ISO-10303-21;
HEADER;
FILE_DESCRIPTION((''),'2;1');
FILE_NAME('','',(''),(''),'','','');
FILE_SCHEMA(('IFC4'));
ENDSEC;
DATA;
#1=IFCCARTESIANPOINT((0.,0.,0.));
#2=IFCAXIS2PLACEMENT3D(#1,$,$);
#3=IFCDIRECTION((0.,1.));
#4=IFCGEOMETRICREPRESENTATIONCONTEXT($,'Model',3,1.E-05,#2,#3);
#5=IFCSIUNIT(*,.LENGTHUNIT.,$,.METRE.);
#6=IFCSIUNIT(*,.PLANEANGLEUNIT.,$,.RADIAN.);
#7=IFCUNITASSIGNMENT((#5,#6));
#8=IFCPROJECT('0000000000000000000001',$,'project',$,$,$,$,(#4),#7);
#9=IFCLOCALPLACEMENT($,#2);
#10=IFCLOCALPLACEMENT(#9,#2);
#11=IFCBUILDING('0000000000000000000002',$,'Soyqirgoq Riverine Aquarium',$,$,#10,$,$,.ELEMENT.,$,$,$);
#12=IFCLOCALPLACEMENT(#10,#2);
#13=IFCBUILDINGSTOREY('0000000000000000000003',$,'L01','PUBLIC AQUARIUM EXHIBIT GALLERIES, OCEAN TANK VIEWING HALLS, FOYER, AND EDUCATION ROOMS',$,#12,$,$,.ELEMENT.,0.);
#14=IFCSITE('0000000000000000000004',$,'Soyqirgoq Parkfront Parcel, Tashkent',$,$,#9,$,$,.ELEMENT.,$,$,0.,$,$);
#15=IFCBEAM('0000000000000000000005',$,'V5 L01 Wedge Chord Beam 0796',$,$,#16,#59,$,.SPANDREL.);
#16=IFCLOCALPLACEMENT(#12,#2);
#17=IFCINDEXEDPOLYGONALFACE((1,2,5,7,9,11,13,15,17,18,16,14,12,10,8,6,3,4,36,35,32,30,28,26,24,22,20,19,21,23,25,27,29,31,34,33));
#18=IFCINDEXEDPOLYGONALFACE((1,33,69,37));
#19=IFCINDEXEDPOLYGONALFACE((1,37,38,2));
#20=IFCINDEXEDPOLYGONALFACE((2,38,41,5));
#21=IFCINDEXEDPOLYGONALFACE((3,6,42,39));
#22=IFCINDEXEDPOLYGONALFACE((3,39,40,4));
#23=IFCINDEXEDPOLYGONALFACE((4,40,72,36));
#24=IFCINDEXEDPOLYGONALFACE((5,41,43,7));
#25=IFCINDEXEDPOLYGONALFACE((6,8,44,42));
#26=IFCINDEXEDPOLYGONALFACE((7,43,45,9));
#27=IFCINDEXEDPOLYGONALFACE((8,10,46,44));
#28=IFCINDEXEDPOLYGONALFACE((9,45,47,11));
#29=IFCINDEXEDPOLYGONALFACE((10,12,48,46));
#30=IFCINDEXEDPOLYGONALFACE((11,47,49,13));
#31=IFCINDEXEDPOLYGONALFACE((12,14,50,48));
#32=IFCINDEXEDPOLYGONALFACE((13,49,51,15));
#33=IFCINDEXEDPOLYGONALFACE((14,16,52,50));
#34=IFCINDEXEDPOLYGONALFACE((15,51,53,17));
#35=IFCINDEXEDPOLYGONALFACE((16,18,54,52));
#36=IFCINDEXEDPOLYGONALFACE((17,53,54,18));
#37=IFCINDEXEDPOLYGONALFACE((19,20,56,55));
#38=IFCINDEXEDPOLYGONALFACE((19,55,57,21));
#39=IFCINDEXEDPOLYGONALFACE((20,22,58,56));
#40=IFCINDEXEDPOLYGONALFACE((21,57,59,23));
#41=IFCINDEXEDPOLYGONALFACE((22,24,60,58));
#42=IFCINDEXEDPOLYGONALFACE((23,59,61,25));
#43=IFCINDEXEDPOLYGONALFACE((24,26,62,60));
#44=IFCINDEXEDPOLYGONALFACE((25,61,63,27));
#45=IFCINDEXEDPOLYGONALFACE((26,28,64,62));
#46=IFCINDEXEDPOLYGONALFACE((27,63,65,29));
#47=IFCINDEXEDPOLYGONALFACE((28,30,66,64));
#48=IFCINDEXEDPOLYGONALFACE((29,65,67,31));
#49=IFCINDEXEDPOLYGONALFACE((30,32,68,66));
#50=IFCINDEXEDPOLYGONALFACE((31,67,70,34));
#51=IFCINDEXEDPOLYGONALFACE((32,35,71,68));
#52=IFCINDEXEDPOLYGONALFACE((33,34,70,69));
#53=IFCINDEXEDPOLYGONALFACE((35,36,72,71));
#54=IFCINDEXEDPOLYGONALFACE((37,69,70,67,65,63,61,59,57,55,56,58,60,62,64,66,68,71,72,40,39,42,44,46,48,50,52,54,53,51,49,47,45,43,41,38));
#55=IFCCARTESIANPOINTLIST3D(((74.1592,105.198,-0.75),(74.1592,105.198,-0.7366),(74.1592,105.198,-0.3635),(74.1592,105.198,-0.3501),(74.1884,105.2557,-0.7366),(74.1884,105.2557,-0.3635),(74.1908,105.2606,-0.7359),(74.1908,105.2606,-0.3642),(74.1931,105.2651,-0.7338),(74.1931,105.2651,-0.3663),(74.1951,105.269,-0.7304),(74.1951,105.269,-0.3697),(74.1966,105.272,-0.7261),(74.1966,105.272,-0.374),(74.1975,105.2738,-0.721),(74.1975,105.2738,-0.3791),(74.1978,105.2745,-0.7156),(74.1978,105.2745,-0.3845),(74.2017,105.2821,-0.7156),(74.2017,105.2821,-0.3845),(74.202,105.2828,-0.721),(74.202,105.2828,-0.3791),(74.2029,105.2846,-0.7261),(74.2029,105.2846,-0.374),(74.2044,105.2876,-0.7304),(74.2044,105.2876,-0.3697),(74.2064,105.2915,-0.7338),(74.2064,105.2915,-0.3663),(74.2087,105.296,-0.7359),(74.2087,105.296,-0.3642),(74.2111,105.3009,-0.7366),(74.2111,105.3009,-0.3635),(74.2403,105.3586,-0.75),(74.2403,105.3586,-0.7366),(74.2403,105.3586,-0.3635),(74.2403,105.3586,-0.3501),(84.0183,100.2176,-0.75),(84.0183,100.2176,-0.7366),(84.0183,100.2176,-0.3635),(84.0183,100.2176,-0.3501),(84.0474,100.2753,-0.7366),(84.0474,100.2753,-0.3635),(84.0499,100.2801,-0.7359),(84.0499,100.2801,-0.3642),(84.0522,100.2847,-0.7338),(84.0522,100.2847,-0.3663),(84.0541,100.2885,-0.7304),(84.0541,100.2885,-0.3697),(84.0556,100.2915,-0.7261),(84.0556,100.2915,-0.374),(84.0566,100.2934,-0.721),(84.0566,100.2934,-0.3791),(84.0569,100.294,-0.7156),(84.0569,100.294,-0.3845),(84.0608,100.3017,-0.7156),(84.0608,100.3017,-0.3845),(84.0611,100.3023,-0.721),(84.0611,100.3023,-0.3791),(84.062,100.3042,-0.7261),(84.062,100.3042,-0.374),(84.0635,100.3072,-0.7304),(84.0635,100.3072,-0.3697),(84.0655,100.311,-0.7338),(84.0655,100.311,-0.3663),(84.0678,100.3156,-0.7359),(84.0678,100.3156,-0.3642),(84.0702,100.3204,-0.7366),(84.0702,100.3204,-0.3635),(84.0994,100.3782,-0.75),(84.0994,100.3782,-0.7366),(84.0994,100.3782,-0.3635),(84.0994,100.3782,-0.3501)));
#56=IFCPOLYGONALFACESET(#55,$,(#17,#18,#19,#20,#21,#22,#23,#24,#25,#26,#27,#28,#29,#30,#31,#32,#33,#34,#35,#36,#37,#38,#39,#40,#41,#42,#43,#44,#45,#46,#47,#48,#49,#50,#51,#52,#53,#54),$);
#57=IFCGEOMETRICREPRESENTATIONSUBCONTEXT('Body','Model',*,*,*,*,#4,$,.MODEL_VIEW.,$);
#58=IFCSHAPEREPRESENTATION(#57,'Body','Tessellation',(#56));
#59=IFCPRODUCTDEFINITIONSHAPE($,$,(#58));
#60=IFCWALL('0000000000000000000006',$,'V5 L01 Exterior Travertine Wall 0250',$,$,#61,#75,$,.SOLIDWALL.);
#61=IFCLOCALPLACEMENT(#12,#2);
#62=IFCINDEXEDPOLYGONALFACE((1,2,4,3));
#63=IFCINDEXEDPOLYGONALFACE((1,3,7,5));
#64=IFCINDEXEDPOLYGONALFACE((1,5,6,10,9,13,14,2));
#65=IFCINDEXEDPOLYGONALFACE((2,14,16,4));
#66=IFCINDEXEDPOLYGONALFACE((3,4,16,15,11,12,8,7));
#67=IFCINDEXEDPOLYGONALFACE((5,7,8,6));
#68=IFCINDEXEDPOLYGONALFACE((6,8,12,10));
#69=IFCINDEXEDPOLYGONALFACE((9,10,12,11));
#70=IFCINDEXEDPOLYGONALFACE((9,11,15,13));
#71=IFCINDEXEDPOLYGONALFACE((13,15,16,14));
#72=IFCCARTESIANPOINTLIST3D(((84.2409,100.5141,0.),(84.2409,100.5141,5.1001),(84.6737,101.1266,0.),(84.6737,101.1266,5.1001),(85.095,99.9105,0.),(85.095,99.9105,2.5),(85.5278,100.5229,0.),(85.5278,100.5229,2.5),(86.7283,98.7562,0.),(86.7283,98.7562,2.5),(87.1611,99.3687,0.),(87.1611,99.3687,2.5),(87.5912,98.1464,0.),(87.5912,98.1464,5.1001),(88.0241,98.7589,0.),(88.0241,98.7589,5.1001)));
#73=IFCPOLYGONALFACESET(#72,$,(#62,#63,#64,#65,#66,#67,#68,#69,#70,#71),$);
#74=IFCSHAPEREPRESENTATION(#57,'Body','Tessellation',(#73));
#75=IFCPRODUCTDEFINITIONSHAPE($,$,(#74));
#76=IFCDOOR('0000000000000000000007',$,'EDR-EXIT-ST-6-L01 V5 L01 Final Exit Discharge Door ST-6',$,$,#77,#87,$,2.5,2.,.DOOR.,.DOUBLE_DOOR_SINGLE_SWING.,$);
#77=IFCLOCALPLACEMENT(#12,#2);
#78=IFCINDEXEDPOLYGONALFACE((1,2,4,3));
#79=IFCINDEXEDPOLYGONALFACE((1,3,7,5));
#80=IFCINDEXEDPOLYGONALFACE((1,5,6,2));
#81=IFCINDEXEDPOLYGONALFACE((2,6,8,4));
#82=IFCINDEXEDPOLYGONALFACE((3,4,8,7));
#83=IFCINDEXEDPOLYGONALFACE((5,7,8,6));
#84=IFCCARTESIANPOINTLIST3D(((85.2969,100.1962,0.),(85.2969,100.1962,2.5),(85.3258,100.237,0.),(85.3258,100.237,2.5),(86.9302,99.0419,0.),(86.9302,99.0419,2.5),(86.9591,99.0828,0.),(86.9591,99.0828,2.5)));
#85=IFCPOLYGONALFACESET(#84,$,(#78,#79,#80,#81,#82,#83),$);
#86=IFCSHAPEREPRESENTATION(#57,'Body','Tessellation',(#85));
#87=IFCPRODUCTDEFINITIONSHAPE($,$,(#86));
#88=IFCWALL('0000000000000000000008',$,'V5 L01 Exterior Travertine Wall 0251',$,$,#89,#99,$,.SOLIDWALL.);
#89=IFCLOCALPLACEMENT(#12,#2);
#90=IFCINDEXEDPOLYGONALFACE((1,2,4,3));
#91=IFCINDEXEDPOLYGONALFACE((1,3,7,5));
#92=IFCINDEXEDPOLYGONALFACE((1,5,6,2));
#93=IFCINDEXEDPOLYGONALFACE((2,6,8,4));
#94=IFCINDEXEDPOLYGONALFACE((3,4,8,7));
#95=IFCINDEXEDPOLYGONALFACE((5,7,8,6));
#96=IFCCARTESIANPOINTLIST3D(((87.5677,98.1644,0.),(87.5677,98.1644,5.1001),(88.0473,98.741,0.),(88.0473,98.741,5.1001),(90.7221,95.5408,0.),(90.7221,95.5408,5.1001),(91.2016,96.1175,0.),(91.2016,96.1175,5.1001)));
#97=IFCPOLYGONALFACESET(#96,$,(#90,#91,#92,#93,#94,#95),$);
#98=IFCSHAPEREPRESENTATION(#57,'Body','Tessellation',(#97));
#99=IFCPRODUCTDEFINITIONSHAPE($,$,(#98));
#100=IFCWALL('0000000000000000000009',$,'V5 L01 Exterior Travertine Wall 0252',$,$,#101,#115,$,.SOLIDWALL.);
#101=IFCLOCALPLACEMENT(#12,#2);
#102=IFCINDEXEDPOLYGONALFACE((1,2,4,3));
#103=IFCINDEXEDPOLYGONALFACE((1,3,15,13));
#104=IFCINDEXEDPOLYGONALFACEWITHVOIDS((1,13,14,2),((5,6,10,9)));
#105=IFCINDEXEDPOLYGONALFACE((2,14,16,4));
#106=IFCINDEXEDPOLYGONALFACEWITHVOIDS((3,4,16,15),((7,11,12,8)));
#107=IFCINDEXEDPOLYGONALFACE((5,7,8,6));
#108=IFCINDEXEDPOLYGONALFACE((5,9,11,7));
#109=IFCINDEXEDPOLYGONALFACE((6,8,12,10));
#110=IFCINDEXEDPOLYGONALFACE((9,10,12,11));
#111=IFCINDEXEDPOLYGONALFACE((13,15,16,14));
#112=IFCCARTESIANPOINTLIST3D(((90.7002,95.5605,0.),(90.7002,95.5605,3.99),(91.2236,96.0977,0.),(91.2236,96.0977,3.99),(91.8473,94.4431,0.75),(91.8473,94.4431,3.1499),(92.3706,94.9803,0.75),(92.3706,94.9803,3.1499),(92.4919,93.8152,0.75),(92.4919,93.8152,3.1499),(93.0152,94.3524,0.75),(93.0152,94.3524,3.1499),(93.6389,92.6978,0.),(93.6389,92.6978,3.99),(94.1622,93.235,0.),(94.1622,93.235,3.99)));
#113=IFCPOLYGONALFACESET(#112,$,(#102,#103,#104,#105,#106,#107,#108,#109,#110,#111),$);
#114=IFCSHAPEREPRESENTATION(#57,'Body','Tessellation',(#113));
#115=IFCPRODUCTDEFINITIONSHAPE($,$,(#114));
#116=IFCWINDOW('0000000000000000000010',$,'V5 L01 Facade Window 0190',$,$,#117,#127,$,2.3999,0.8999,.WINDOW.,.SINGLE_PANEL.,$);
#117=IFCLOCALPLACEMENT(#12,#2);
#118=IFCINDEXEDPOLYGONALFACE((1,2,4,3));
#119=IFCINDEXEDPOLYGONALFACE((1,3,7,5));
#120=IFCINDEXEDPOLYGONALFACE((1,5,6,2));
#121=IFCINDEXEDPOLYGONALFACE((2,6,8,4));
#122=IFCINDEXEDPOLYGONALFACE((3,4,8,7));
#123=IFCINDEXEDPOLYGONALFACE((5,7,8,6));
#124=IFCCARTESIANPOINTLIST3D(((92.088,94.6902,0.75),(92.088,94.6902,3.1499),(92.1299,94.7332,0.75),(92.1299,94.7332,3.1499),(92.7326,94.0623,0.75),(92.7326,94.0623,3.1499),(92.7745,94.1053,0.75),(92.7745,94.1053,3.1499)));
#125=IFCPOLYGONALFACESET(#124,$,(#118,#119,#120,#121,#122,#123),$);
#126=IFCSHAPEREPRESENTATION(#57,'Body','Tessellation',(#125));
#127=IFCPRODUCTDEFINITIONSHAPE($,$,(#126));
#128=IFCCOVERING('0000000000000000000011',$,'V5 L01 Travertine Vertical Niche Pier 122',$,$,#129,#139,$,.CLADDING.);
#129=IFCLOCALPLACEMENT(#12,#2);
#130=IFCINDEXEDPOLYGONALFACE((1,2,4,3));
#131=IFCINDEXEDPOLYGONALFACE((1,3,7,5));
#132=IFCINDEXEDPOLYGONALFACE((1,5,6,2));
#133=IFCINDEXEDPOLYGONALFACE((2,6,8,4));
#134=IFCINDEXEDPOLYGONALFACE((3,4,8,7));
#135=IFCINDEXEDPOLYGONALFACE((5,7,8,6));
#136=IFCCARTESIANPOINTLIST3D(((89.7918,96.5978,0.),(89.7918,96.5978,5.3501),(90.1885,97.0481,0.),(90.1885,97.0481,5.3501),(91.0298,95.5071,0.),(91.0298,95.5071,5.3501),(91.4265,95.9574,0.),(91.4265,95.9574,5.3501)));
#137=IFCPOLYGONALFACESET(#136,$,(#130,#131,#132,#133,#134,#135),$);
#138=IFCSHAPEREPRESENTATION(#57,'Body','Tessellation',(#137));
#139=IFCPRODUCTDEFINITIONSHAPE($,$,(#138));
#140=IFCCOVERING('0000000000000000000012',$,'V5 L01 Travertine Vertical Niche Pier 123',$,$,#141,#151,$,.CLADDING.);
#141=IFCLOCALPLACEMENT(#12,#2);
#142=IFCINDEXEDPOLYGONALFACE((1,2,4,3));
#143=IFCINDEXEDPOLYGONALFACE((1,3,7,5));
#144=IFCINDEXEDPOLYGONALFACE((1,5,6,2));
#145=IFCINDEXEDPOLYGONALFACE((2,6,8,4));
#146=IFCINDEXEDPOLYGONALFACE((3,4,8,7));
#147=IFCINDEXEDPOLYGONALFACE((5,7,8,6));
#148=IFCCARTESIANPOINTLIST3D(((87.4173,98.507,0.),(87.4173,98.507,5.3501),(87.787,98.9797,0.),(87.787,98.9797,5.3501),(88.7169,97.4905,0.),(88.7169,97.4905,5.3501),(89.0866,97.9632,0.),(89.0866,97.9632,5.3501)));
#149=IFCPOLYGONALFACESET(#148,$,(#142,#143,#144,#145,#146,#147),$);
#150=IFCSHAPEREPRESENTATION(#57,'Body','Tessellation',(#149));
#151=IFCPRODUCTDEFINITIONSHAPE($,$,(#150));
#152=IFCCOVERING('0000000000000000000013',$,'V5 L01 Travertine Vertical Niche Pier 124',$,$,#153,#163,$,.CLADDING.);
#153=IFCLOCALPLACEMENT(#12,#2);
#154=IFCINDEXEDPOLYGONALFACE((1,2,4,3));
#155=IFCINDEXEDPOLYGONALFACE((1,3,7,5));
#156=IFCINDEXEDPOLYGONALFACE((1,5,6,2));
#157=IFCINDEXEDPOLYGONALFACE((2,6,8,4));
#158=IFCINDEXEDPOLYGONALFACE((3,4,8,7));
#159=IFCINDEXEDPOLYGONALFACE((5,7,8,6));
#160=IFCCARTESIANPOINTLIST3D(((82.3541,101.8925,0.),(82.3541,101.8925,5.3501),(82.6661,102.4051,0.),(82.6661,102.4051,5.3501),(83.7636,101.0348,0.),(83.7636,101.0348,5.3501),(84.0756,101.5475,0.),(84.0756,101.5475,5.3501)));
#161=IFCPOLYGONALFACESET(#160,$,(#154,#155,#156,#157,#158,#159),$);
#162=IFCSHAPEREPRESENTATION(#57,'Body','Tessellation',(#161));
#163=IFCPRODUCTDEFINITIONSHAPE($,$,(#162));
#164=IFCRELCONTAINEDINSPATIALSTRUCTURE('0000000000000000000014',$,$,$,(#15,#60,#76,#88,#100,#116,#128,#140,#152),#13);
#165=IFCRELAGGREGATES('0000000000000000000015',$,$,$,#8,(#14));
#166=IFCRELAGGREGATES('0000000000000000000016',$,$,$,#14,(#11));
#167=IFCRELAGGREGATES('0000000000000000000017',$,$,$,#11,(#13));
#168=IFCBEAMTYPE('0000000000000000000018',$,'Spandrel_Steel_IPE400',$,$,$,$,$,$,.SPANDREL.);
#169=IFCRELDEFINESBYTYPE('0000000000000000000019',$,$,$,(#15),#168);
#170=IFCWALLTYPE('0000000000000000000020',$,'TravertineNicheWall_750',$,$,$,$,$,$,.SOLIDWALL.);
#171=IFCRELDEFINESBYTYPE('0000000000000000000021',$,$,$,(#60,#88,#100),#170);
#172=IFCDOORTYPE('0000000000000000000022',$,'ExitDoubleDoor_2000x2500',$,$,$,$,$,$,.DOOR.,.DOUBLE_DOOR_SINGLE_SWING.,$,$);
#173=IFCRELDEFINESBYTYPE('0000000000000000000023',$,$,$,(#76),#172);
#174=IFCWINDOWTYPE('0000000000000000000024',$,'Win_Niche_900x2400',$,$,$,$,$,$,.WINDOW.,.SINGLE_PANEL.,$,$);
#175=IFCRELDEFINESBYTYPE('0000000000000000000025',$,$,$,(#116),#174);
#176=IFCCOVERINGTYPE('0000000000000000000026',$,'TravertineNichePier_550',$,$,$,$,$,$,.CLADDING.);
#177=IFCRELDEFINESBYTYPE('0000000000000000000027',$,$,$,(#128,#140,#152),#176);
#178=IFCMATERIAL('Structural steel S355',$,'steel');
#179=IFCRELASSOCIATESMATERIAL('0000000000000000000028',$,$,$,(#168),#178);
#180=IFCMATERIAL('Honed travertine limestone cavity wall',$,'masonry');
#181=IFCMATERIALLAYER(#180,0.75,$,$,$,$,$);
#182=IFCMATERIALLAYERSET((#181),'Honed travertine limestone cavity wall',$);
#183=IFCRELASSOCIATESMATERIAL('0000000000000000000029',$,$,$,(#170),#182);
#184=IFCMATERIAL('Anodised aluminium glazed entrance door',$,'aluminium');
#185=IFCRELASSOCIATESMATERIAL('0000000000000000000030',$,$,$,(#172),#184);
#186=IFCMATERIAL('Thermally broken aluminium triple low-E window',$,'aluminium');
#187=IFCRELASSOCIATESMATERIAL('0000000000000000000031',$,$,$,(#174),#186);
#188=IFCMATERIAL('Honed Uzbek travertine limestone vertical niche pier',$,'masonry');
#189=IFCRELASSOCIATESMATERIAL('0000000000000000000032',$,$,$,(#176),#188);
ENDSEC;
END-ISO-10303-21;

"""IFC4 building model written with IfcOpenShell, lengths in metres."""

from ifc_helpers import new_model, si_unit, direction, frame, frame_2d, origin, origin_2d, place, context, subcontext, project, spatial, rectangle, i_section, extrude, material, layer, layer_set, material_profile, profile_set, type_object, element, fill, save


model = new_model("IFC4")

# Units and contexts
model_context = context("Model", 3, precision=1e-05, world=origin(), true_north=direction((0.0, 1.0)))
body_context = subcontext(model_context, "Body", "Model", "MODEL_VIEW")
ifc_project = project(units=[si_unit("LENGTHUNIT", "METRE"), si_unit("PLANEANGLEUNIT", "RADIAN")], contexts=[model_context])

# Site, building, storey
site_placement = place(None, origin())
site = spatial("IfcSite", under=ifc_project, at=site_placement, Name="Soyqirgoq Parkfront Parcel, Tashkent", CompositionType="ELEMENT", RefElevation=0.0)
building_placement = place(site_placement, origin())
building = spatial("IfcBuilding", under=site, at=building_placement, Name="Soyqirgoq Riverine Aquarium", CompositionType="ELEMENT")
storey_placement = place(building_placement, origin())
storey = spatial("IfcBuildingStorey", under=building, at=storey_placement, Name="L01", Description="PUBLIC AQUARIUM EXHIBIT GALLERIES, OCEAN TANK VIEWING HALLS, FOYER, AND EDUCATION ROOMS", CompositionType="ELEMENT", Elevation=0.0)

# Beam
ifc_material_1 = material(Name="Structural steel S355", Category="steel")
ifc_material_profile_1 = material_profile(ifc_material_1, i_section(OverallWidth=0.1799, OverallDepth=0.3999, WebThickness=0.0085, FlangeThickness=0.0134, FilletRadius=0.021, at=origin_2d()), Name="IPE 400")
ifc_profile_set_1 = profile_set([ifc_material_profile_1], Name="Structural steel S355")
beam_type_1 = type_object("IfcBeamType", Name="Spandrel_Steel_IPE400", PredefinedType="SPANDREL", material=ifc_profile_set_1)
beam_1_placement = place(storey_placement, frame((84.0588, 100.2979, -0.55), z_axis=(-0.892576, 0.450897, 0.0), x_axis=(-0.450897, -0.892576, 0.0)))
element("IfcBeam", 1, at=beam_1_placement, inside=storey, type_object=beam_type_1, Name="V5 L01 Wedge Chord Beam 0796", PredefinedType="SPANDREL", context=body_context, shape_type="SweptSolid", body=[
    extrude(i_section(OverallWidth=0.1799, OverallDepth=0.3999, WebThickness=0.0085, FlangeThickness=0.0134, FilletRadius=0.021, at=origin_2d()), origin(), (0.0, 0.0, 1.0), 11.0457),
])

# Wall, opening, door
ifc_material_2 = material(Name="Honed travertine limestone cavity wall", Category="masonry")
ifc_layer = layer(ifc_material_2, 0.75)
ifc_layer_set = layer_set([ifc_layer], Name="Honed travertine limestone cavity wall")
wall_type = type_object("IfcWallType", Name="TravertineNicheWall_750", PredefinedType="SOLIDWALL", material=ifc_layer_set)
wall_1_placement = place(storey_placement, frame((84.4573, 100.8203, 0.0), z_axis=(0.0, 0.0, 1.0), x_axis=(0.816654, -0.577127, 0.0)))
wall_1 = element("IfcWall", 2, at=wall_1_placement, inside=storey, type_object=wall_type, Name="V5 L01 Exterior Travertine Wall 0250", PredefinedType="SOLIDWALL", context=body_context, shape_type="SweptSolid", body=[
    extrude(rectangle(XDim=4.1025, YDim=0.75, at=frame_2d((2.0513, 0.0))), origin(), (0.0, 0.0, 1.0), 5.1001),
])
opening_1_placement = place(wall_1_placement, frame((1.0459, 0.0, 0.0)))
opening_1 = element("IfcOpeningElement", 3, at=opening_1_placement, cuts=wall_1, PredefinedType="OPENING", context=body_context, shape_type="SweptSolid", body=[
    extrude(rectangle(XDim=2.0, YDim=2.5, at=frame_2d((1.0, 1.25))), frame((0.0, 0.385, 0.0), z_axis=(0.0, -1.0, 0.0), x_axis=(1.0, 0.0, 0.0)), (0.0, 0.0, 1.0), 0.77),
])
ifc_material_3 = material(Name="Anodised aluminium glazed entrance door", Category="aluminium")
door_type = type_object("IfcDoorType", Name="ExitDoubleDoor_2000x2500", OperationType="DOUBLE_DOOR_SINGLE_SWING", PredefinedType="DOOR", material=ifc_material_3)
door_placement = place(opening_1_placement, origin())
door = element("IfcDoor", 4, at=door_placement, inside=storey, type_object=door_type, Name="EDR-EXIT-ST-6-L01 V5 L01 Final Exit Discharge Door ST-6", OperationType="DOUBLE_DOOR_SINGLE_SWING", OverallHeight=2.5, OverallWidth=2.0, PredefinedType="DOOR", context=body_context, shape_type="SweptSolid", body=[
    extrude(rectangle(XDim=2.0, YDim=2.5, at=frame_2d((1.0, 1.25))), frame((0.0, 0.0249, 0.0), z_axis=(0.0, -1.0, 0.0), x_axis=(1.0, 0.0, 0.0)), (0.0, 0.0, 1.0), 0.05),
])
fill(opening_1, door)

# Wall
wall_2_placement = place(storey_placement, frame((87.8076, 98.4526, 0.0), z_axis=(0.0, 0.0, 1.0), x_axis=(0.768826, -0.639458, 0.0)))
element("IfcWall", 5, at=wall_2_placement, inside=storey, type_object=wall_type, Name="V5 L01 Exterior Travertine Wall 0251", PredefinedType="SOLIDWALL", context=body_context, shape_type="SweptSolid", body=[
    extrude(rectangle(XDim=4.1028, YDim=0.75, at=frame_2d((2.0513, 0.0))), origin(), (0.0, 0.0, 1.0), 5.1001),
])

# Wall, opening, window
wall_3_placement = place(storey_placement, frame((90.9619, 95.8291, 0.0), z_axis=(0.0, 0.0, 1.0), x_axis=(0.7163, -0.697793, 0.0)))
wall_3 = element("IfcWall", 6, at=wall_3_placement, inside=storey, type_object=wall_type, Name="V5 L01 Exterior Travertine Wall 0252", PredefinedType="SOLIDWALL", context=body_context, shape_type="SweptSolid", body=[
    extrude(rectangle(XDim=4.1025, YDim=0.75, at=frame_2d((2.0513, 0.0))), origin(), (0.0, 0.0, 1.0), 3.99),
])
opening_2_placement = place(wall_3_placement, frame((1.6013, 0.0, 0.75)))
opening_2 = element("IfcOpeningElement", 7, at=opening_2_placement, cuts=wall_3, PredefinedType="OPENING", context=body_context, shape_type="SweptSolid", body=[
    extrude(rectangle(XDim=0.8999, YDim=2.3999, at=frame_2d((0.45, 1.2))), frame((0.0, 0.385, 0.0), z_axis=(0.0, -1.0, 0.0), x_axis=(1.0, 0.0, 0.0)), (0.0, 0.0, 1.0), 0.77),
])
ifc_material_4 = material(Name="Thermally broken aluminium triple low-E window", Category="aluminium")
window_type = type_object("IfcWindowType", Name="Win_Niche_900x2400", PartitioningType="SINGLE_PANEL", PredefinedType="WINDOW", material=ifc_material_4)
window_placement = place(opening_2_placement, origin())
window = element("IfcWindow", 8, at=window_placement, inside=storey, type_object=window_type, Name="V5 L01 Facade Window 0190", OverallHeight=2.3999, OverallWidth=0.8999, PartitioningType="SINGLE_PANEL", PredefinedType="WINDOW", context=body_context, shape_type="SweptSolid", body=[
    extrude(rectangle(XDim=0.8999, YDim=2.3999, at=frame_2d((0.45, 1.2))), frame((0.0, 0.03, 0.0), z_axis=(0.0, -1.0, 0.0), x_axis=(1.0, 0.0, 0.0)), (0.0, 0.0, 1.0), 0.0601),
])
fill(opening_2, window)

# Coverings
ifc_material_5 = material(Name="Honed Uzbek travertine limestone vertical niche pier", Category="masonry")
covering_type = type_object("IfcCoveringType", Name="TravertineNichePier_550", PredefinedType="CLADDING", material=ifc_material_5)
for number, where, z_axis, x_axis, name in (
    (9, (90.6091, 96.2776, 0.0), (0.0, 0.0, 1.0), (0.66105, 0.750342, 0.0), "V5 L01 Travertine Vertical Niche Pier 122"),
    (10, (88.252, 98.2351, 0.0), (0.0, 0.0, 1.0), (0.616074, 0.787688, 0.0), "V5 L01 Travertine Vertical Niche Pier 123"),
    (11, (83.2148, 101.72, 0.0), (0.0, 0.0, 1.0), (0.519817, 0.854277, 0.0), "V5 L01 Travertine Vertical Niche Pier 124"),
):
    element("IfcCovering", number, at=place(storey_placement, frame(where, z_axis=z_axis, x_axis=x_axis)), inside=storey, type_object=covering_type, Name=name, PredefinedType="CLADDING", context=body_context, shape_type="SweptSolid", body=[
        extrude(rectangle(XDim=0.6001, YDim=1.6499, at=origin_2d()), origin(), (0.0, 0.0, 1.0), 5.3501),
    ])

save(model, "model.ifc")
